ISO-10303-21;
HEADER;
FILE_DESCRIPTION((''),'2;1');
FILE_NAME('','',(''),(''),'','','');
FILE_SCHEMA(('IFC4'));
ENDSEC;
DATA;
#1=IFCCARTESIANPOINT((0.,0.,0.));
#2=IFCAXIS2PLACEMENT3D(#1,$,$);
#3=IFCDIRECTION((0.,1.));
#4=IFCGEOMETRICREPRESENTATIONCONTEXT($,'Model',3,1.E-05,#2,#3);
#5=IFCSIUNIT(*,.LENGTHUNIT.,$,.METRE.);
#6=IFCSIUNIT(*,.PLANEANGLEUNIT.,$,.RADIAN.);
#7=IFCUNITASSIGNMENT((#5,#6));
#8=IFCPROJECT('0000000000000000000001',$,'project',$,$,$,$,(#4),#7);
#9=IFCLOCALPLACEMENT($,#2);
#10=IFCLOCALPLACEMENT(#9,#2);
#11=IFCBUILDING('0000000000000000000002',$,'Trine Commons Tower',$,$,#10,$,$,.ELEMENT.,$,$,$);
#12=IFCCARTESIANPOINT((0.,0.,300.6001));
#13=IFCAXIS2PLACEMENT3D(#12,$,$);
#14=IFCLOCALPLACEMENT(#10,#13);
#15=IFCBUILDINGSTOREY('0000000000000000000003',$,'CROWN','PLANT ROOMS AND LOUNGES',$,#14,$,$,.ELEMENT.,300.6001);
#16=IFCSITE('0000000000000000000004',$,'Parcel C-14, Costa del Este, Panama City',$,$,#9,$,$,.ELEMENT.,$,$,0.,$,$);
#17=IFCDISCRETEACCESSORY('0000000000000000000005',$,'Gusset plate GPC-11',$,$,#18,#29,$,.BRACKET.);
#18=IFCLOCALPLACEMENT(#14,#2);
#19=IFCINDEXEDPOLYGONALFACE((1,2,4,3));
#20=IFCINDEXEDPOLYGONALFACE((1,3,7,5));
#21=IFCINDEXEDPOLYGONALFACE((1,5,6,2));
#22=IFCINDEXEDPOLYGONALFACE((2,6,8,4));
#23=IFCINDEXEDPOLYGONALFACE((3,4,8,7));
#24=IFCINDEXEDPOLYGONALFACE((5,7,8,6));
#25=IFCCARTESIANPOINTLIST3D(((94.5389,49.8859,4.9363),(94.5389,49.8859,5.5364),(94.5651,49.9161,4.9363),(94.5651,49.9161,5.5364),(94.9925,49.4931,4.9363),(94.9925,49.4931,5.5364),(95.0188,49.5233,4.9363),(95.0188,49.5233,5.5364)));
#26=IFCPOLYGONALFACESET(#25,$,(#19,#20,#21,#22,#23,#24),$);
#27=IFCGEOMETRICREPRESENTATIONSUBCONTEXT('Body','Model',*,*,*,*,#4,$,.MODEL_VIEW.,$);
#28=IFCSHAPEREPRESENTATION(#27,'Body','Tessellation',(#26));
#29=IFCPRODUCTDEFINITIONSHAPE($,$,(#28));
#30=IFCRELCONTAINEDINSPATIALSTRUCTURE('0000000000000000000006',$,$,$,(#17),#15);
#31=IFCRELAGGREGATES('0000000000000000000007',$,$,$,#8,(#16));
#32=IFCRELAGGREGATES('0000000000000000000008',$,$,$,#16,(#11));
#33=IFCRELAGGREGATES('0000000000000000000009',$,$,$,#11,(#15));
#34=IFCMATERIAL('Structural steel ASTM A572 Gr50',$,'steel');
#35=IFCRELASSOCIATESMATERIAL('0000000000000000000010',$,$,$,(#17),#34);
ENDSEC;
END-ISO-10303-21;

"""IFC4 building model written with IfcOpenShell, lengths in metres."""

from ifc_helpers import new_model, si_unit, direction, frame, origin, origin_2d, place, context, subcontext, project, spatial, rectangle, extrude, material, element, save


model = new_model("IFC4")

# Units and contexts
model_context = context("Model", 3, precision=1e-05, world=origin(), true_north=direction((0.0, 1.0)))
body_context = subcontext(model_context, "Body", "Model", "MODEL_VIEW")
ifc_project = project(units=[si_unit("LENGTHUNIT", "METRE"), si_unit("PLANEANGLEUNIT", "RADIAN")], contexts=[model_context])

# Site, building, storey
site_placement = place(None, origin())
site = spatial("IfcSite", under=ifc_project, at=site_placement, Name="Parcel C-14, Costa del Este, Panama City", CompositionType="ELEMENT", RefElevation=0.0)
building_placement = place(site_placement, origin())
building = spatial("IfcBuilding", under=site, at=building_placement, Name="Trine Commons Tower", CompositionType="ELEMENT")
storey_placement = place(building_placement, frame((0.0, 0.0, 300.6001)))
storey = spatial("IfcBuildingStorey", under=building, at=storey_placement, Name="CROWN", Description="PLANT ROOMS AND LOUNGES", CompositionType="ELEMENT", Elevation=300.6001)

# Discrete accessory
ifc_material_1 = material(Name="Structural steel ASTM A572 Gr50", Category="steel")
discrete_accessory_placement = place(storey_placement, frame((94.7788, 49.7046, 4.9363), z_axis=(0.0, 0.0, 1.0), x_axis=(0.756011, -0.654559, 0.0)))
element("IfcDiscreteAccessory", 1, at=discrete_accessory_placement, inside=storey, material=ifc_material_1, Name="Gusset plate GPC-11", PredefinedType="BRACKET", context=body_context, shape_type="SweptSolid", body=[
    extrude(rectangle(XDim=0.6001, YDim=0.04, at=origin_2d()), origin(), (0.0, 0.0, 1.0), 0.6001),
])

save(model, "model.ifc")
